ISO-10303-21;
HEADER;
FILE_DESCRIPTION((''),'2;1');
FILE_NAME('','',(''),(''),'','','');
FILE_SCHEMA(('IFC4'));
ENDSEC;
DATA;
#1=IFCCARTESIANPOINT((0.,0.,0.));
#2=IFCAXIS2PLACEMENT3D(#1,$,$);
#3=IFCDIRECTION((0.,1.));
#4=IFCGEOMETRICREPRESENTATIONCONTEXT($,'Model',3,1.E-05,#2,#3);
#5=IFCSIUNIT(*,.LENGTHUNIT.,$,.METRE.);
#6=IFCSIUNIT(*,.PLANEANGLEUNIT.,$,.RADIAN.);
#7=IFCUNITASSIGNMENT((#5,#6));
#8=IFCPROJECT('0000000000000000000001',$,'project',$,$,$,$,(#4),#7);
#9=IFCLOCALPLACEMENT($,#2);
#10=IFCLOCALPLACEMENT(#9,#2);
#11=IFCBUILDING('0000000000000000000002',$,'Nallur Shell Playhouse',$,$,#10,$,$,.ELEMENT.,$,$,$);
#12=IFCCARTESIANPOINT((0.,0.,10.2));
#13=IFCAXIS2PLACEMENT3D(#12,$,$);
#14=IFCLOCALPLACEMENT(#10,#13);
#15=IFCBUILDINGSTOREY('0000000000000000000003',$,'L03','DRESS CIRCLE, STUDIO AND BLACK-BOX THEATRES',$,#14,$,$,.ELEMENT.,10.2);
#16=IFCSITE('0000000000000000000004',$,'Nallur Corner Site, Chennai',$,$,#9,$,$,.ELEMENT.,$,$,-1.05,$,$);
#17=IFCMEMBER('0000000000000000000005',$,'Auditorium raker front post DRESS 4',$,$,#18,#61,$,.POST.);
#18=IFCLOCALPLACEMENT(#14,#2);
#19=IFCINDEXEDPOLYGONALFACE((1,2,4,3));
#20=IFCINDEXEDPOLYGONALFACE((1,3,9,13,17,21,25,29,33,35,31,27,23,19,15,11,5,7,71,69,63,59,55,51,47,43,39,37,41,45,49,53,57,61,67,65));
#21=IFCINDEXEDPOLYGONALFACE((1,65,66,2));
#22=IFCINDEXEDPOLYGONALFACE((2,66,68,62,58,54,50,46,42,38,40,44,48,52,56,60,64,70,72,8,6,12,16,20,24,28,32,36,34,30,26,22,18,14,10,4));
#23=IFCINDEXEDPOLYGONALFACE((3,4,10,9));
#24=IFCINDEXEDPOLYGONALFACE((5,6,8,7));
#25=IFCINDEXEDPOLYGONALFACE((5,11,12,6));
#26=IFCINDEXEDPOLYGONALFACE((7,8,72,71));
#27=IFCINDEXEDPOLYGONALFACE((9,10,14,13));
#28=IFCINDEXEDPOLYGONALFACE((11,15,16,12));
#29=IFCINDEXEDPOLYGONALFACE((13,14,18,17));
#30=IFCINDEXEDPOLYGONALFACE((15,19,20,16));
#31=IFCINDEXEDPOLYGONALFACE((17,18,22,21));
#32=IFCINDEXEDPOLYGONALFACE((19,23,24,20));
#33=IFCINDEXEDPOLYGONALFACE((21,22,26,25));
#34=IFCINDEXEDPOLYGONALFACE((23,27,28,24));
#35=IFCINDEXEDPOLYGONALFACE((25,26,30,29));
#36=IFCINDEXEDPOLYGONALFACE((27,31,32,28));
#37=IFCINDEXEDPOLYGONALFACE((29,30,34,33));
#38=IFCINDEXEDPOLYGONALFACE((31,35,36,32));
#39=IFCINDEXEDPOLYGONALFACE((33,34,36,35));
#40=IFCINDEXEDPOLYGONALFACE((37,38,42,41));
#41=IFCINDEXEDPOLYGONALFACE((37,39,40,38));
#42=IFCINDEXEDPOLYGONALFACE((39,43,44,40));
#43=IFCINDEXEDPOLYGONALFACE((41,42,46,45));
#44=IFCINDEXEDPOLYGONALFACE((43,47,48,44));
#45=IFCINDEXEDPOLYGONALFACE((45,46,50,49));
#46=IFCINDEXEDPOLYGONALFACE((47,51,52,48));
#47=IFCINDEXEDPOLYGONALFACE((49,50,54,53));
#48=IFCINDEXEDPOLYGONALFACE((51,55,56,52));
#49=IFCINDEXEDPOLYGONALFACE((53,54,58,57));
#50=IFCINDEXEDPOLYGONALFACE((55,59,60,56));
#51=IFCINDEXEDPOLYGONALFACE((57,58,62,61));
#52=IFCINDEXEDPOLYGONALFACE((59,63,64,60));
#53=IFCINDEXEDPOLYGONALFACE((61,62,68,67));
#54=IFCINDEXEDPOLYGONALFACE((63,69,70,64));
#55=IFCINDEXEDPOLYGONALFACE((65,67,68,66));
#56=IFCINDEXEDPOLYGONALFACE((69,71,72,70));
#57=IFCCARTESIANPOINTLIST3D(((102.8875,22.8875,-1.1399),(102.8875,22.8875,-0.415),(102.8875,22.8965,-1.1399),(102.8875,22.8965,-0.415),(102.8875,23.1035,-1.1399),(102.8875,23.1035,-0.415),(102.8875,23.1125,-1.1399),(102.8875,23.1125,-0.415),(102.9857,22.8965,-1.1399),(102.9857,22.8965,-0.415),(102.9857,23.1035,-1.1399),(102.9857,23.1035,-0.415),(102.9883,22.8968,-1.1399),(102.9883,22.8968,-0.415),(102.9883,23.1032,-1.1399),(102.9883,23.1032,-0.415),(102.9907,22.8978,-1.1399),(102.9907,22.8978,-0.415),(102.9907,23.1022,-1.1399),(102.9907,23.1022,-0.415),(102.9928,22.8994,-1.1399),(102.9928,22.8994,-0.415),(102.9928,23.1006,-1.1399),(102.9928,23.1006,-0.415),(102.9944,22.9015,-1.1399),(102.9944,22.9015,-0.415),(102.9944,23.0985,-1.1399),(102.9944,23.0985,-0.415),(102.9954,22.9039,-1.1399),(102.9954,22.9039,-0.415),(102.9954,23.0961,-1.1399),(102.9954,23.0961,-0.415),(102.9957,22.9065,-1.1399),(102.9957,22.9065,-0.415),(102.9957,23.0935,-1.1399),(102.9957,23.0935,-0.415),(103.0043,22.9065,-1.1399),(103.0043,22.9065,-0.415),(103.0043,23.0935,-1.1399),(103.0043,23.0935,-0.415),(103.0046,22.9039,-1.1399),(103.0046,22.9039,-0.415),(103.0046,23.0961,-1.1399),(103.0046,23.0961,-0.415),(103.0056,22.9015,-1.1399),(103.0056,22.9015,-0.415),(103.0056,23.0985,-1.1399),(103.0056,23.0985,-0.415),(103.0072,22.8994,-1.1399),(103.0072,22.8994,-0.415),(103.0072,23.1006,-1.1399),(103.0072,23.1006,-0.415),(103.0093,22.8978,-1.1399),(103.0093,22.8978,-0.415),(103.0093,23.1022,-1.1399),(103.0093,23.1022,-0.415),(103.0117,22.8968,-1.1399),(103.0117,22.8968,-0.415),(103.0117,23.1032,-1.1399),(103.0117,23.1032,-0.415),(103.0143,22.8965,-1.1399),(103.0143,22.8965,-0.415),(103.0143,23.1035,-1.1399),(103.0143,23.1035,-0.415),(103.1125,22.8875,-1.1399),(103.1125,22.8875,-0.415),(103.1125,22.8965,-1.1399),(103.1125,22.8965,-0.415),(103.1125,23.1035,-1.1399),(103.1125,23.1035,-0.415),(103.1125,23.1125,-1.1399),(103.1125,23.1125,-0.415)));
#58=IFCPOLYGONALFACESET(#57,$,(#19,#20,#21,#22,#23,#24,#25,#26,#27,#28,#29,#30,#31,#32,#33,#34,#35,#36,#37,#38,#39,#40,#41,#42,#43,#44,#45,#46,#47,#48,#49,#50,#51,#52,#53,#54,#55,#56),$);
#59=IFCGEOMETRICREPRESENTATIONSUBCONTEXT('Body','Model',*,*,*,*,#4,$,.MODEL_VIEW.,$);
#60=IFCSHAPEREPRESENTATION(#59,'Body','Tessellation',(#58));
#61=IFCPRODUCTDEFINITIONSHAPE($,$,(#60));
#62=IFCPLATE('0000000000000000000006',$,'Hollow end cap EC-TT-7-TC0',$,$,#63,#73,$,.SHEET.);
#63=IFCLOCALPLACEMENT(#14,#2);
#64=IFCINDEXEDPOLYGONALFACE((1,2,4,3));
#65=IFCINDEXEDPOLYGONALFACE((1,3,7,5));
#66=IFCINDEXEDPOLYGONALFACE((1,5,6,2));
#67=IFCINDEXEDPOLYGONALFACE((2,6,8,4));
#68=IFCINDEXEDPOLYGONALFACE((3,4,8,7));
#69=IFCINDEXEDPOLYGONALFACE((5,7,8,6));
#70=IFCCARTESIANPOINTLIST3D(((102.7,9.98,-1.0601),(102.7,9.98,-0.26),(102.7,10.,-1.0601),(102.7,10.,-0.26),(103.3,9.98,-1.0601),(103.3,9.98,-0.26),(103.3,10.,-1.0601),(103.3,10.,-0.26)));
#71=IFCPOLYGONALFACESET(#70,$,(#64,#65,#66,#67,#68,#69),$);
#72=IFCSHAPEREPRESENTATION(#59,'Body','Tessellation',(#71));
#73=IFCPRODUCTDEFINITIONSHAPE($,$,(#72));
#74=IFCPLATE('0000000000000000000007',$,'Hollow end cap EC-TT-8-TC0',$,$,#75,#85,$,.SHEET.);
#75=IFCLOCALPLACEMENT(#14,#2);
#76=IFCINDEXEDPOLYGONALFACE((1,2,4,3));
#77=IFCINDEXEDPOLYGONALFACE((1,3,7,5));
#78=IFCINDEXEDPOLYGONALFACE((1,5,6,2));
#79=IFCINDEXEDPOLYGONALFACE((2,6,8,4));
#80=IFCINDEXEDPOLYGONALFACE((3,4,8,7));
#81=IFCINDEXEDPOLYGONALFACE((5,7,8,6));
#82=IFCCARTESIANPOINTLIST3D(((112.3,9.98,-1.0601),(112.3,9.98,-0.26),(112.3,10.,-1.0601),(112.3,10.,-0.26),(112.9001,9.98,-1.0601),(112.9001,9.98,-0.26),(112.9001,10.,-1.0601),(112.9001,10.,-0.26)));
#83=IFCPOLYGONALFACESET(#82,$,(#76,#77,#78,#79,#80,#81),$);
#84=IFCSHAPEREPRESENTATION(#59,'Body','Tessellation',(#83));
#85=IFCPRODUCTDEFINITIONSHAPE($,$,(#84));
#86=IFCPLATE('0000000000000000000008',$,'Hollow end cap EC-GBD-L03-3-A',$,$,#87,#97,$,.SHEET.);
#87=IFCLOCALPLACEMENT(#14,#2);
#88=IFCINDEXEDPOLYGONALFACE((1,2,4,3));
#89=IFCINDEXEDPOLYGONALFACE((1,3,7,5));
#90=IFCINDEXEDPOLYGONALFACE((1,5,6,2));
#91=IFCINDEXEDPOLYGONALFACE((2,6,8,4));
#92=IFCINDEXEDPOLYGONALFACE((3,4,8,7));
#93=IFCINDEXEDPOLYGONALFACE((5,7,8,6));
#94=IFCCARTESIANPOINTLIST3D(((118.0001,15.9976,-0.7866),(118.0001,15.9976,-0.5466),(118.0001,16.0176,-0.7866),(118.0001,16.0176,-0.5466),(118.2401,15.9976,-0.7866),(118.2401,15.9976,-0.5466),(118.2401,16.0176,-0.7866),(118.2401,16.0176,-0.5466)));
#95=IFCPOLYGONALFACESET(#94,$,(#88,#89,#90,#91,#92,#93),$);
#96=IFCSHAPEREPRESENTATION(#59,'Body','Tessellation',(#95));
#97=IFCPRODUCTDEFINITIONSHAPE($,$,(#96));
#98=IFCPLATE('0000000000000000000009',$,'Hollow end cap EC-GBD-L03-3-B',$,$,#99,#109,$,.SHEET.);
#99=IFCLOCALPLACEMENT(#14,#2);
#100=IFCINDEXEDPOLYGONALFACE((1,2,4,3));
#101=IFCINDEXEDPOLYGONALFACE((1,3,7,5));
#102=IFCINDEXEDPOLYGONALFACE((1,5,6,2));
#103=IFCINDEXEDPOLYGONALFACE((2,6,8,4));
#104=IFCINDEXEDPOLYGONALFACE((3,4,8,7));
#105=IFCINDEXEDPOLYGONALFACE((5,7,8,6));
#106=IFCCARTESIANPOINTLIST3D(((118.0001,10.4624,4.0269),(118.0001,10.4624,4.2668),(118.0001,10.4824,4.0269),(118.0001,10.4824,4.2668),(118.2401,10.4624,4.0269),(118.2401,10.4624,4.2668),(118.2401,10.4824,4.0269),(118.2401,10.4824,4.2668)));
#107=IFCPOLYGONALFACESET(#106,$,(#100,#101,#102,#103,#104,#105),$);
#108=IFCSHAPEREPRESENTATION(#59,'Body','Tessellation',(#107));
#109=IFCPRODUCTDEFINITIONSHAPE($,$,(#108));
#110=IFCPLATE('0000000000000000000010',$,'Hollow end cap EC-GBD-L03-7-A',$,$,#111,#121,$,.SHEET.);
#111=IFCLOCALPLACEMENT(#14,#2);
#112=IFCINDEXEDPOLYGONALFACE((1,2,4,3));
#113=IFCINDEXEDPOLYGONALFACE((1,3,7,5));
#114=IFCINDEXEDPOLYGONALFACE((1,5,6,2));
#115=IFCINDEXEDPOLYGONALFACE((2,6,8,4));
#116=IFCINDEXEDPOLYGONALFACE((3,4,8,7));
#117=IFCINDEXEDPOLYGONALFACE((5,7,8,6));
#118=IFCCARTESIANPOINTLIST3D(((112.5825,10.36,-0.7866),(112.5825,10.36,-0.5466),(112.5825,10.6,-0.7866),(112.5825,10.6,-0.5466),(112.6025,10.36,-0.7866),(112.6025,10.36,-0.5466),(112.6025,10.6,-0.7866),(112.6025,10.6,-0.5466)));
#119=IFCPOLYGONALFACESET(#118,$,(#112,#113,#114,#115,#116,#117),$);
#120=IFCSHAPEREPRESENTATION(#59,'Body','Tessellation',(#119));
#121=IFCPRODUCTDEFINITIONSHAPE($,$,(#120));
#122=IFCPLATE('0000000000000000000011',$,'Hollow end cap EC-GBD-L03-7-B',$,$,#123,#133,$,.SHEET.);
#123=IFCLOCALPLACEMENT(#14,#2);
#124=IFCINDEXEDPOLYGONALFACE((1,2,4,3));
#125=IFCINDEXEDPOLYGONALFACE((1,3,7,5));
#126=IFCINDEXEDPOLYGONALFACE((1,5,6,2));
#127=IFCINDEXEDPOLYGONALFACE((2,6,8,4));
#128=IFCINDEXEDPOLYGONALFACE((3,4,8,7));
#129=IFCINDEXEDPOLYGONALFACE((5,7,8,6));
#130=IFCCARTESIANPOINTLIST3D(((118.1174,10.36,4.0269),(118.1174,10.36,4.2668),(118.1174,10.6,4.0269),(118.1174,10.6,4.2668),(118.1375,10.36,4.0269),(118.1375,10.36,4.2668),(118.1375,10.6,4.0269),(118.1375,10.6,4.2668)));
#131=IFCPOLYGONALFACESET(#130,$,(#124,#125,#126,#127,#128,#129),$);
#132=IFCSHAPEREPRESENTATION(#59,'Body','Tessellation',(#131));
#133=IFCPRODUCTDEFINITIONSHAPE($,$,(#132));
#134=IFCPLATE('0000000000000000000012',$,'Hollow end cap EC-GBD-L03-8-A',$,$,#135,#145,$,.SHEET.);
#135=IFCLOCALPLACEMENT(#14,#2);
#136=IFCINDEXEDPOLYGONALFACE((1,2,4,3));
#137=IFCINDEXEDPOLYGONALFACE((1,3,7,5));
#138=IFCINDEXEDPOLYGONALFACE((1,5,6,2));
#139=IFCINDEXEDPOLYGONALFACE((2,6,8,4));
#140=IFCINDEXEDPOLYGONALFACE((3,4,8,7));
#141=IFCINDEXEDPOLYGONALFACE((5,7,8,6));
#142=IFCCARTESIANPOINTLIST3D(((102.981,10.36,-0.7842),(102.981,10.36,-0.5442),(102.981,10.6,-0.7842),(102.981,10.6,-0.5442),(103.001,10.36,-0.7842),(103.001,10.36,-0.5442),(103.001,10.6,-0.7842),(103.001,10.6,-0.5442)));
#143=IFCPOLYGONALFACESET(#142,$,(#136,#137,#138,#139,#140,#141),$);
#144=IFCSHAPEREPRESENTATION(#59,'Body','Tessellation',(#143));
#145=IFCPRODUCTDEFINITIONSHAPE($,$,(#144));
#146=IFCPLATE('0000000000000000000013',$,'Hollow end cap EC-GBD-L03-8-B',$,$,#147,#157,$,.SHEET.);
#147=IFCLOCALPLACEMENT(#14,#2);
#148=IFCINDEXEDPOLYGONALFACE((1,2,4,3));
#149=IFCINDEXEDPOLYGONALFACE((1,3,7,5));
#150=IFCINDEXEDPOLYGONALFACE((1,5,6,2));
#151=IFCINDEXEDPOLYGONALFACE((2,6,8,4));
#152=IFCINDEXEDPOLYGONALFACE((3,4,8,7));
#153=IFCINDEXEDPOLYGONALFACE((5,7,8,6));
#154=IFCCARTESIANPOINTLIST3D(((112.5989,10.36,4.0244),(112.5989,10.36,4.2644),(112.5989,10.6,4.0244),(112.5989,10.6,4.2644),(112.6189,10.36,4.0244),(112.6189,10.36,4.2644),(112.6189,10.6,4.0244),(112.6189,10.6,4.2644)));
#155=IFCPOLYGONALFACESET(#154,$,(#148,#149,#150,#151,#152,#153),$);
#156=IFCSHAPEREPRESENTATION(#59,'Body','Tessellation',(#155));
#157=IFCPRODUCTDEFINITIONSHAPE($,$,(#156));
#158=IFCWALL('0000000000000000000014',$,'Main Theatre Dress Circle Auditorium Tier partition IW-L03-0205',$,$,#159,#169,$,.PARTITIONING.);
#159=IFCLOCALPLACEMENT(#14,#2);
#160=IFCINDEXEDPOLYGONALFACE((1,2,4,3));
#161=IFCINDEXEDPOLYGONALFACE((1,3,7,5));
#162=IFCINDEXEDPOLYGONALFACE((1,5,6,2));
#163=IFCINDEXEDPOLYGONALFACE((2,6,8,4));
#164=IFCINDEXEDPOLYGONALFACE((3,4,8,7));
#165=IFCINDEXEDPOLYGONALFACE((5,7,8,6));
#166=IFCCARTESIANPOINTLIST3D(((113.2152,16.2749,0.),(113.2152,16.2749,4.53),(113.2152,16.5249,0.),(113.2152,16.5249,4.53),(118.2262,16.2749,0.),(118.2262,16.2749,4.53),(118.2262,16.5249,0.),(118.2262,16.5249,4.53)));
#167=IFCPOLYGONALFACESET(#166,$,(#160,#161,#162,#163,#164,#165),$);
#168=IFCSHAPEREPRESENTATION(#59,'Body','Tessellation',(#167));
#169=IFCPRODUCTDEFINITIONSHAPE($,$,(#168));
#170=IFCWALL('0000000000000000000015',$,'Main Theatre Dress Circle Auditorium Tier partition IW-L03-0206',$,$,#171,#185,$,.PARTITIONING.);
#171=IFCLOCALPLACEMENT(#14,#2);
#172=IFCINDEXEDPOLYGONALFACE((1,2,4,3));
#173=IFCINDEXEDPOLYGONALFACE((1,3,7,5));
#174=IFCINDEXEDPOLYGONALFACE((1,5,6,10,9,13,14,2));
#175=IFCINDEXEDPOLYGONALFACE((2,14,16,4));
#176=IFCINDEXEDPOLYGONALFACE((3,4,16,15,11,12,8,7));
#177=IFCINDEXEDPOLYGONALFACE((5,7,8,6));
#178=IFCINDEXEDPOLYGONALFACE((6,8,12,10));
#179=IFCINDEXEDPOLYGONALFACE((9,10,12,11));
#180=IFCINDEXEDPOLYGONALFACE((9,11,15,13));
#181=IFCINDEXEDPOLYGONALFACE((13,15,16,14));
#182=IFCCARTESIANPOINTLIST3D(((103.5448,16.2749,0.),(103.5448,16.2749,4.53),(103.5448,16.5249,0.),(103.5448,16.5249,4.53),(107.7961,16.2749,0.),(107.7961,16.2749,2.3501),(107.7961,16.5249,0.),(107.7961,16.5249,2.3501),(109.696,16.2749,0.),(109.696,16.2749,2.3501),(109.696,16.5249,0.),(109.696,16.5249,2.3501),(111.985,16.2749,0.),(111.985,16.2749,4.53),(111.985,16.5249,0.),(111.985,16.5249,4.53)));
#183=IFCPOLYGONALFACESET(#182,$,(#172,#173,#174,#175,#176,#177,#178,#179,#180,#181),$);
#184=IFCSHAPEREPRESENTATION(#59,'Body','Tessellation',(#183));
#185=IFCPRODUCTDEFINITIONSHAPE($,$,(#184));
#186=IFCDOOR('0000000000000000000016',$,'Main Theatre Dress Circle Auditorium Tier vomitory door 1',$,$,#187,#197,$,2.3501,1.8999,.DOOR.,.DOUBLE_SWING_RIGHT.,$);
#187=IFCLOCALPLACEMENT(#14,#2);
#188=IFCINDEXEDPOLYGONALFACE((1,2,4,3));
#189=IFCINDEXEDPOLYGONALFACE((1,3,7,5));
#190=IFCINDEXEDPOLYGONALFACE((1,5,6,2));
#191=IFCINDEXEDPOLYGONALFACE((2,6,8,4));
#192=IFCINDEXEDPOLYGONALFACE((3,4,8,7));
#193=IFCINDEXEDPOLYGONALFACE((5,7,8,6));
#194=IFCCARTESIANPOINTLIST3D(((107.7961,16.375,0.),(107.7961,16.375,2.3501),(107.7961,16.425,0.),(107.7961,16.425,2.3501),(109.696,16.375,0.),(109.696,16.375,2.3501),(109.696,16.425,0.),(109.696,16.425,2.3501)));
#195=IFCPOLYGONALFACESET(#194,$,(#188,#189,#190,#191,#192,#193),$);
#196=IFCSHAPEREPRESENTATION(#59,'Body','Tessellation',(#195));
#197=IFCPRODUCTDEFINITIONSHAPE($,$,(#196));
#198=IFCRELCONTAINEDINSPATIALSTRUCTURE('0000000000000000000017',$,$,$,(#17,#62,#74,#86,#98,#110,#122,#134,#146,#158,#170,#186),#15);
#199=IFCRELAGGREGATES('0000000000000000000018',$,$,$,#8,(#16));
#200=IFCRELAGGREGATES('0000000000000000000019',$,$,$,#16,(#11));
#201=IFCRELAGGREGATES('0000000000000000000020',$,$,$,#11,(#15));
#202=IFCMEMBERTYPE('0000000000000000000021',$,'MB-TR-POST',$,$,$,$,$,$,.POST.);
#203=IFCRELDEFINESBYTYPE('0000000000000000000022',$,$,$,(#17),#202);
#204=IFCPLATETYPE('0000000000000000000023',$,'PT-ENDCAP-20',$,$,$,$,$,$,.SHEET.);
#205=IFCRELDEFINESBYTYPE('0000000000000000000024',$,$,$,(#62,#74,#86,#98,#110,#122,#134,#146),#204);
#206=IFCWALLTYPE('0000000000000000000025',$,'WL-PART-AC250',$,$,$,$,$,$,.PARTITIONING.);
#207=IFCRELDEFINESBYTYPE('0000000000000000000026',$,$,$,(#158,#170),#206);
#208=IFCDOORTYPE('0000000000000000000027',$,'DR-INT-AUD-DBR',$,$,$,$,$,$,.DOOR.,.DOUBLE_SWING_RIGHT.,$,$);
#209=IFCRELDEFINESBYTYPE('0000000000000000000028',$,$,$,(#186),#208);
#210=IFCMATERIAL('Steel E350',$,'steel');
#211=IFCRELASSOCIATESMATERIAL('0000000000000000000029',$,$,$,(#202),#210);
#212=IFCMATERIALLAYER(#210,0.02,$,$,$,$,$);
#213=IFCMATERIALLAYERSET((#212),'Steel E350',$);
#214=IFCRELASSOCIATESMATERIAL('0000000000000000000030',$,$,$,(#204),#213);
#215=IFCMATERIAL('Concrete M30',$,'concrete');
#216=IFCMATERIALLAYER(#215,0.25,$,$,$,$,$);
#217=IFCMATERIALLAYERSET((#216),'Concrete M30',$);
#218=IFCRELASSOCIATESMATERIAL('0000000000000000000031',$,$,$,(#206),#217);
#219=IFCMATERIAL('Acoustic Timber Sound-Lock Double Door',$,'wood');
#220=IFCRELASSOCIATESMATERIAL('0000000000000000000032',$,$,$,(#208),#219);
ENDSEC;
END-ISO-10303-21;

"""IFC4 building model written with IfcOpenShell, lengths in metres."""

from ifc_helpers import new_model, si_unit, direction, frame, frame_2d, origin, origin_2d, place, context, subcontext, project, spatial, rectangle, i_section, extrude, material, layer, layer_set, material_profile, profile_set, type_object, element, fill, save


model = new_model("IFC4")

# Units and contexts
model_context = context("Model", 3, precision=1e-05, world=origin(), true_north=direction((0.0, 1.0)))
body_context = subcontext(model_context, "Body", "Model", "MODEL_VIEW")
ifc_project = project(units=[si_unit("LENGTHUNIT", "METRE"), si_unit("PLANEANGLEUNIT", "RADIAN")], contexts=[model_context])

# Site, building, storey
site_placement = place(None, origin())
site = spatial("IfcSite", under=ifc_project, at=site_placement, Name="Nallur Corner Site, Chennai", CompositionType="ELEMENT", RefElevation=-1.05)
building_placement = place(site_placement, origin())
building = spatial("IfcBuilding", under=site, at=building_placement, Name="Nallur Shell Playhouse", CompositionType="ELEMENT")
storey_placement = place(building_placement, frame((0.0, 0.0, 10.2)))
storey = spatial("IfcBuildingStorey", under=building, at=storey_placement, Name="L03", Description="DRESS CIRCLE, STUDIO AND BLACK-BOX THEATRES", CompositionType="ELEMENT", Elevation=10.2)

# Shared definitions
ifc_material_1 = material(Name="Steel E350", Category="steel")

# Member
ifc_material_profile_1 = material_profile(ifc_material_1, i_section(OverallWidth=0.2251, OverallDepth=0.2251, WebThickness=0.0085, FlangeThickness=0.009, FilletRadius=0.01, at=origin_2d()), Name="ISHB 225")
ifc_profile_set_1 = profile_set([ifc_material_profile_1], Name="Steel E350")
member_type_1 = type_object("IfcMemberType", Name="MB-TR-POST", PredefinedType="POST", material=ifc_profile_set_1)
member_1_placement = place(storey_placement, frame((103.0, 23.0, -1.1399), z_axis=(0.0, 0.0, 1.0), x_axis=(1.0, 0.0, 0.0)))
element("IfcMember", 1, at=member_1_placement, inside=storey, type_object=member_type_1, Name="Auditorium raker front post DRESS 4", PredefinedType="POST", context=body_context, shape_type="SweptSolid", body=[
    extrude(i_section(OverallWidth=0.2251, OverallDepth=0.2251, WebThickness=0.0085, FlangeThickness=0.009, FilletRadius=0.01, at=origin_2d()), origin(), (0.0, 0.0, 1.0), 0.7249),
])

# Plates
ifc_layer_1 = layer(ifc_material_1, 0.02)
ifc_layer_set_1 = layer_set([ifc_layer_1], Name="Steel E350")
plate_type = type_object("IfcPlateType", Name="PT-ENDCAP-20", PredefinedType="SHEET", material=ifc_layer_set_1)
for number, where, z_axis, x_axis, name in (
    (2, (103.0, 9.99, -1.0601), (0.0, 0.0, 1.0), (1.0, 0.0, 0.0), "Hollow end cap EC-TT-7-TC0"),
    (3, (112.6001, 9.99, -1.0601), (0.0, 0.0, 1.0), (1.0, 0.0, 0.0), "Hollow end cap EC-TT-8-TC0"),
):
    element("IfcPlate", number, at=place(storey_placement, frame(where, z_axis=z_axis, x_axis=x_axis)), inside=storey, type_object=plate_type, Name=name, PredefinedType="SHEET", context=body_context, shape_type="SweptSolid", body=[
        extrude(rectangle(XDim=0.6001, YDim=0.02, at=origin_2d()), origin(), (0.0, 0.0, 1.0), 0.8),
    ])
for number, where, z_axis, x_axis, name in (
    (4, (118.1201, 16.0076, -0.7866), (0.0, 0.0, 1.0), (1.0, 0.0, 0.0), "Hollow end cap EC-GBD-L03-3-A"),
    (5, (118.1201, 10.4724, 4.0269), (0.0, 0.0, 1.0), (1.0, 0.0, 0.0), "Hollow end cap EC-GBD-L03-3-B"),
):
    element("IfcPlate", number, at=place(storey_placement, frame(where, z_axis=z_axis, x_axis=x_axis)), inside=storey, type_object=plate_type, Name=name, PredefinedType="SHEET", context=body_context, shape_type="SweptSolid", body=[
        extrude(rectangle(XDim=0.24, YDim=0.02, at=origin_2d()), origin(), (0.0, 0.0, 1.0), 0.24),
    ])
for number, where, z_axis, x_axis, name in (
    (6, (112.5925, 10.48, -0.7866), (0.0, 0.0, 1.0), (1.0, 0.0, 0.0), "Hollow end cap EC-GBD-L03-7-A"),
    (7, (118.1274, 10.48, 4.0269), (0.0, 0.0, 1.0), (1.0, 0.0, 0.0), "Hollow end cap EC-GBD-L03-7-B"),
    (8, (102.991, 10.48, -0.7842), (0.0, 0.0, 1.0), (1.0, 0.0, 0.0), "Hollow end cap EC-GBD-L03-8-A"),
    (9, (112.6089, 10.48, 4.0244), (0.0, 0.0, 1.0), (1.0, 0.0, 0.0), "Hollow end cap EC-GBD-L03-8-B"),
):
    element("IfcPlate", number, at=place(storey_placement, frame(where, z_axis=z_axis, x_axis=x_axis)), inside=storey, type_object=plate_type, Name=name, PredefinedType="SHEET", context=body_context, shape_type="SweptSolid", body=[
        extrude(rectangle(XDim=0.02, YDim=0.24, at=origin_2d()), origin(), (0.0, 0.0, 1.0), 0.24),
    ])

# Wall
ifc_material_2 = material(Name="Concrete M30", Category="concrete")
ifc_layer_2 = layer(ifc_material_2, 0.25)
ifc_layer_set_2 = layer_set([ifc_layer_2], Name="Concrete M30")
wall_type_1 = type_object("IfcWallType", Name="WL-PART-AC250", PredefinedType="PARTITIONING", material=ifc_layer_set_2)
wall_1_placement = place(storey_placement, frame((118.2261, 16.3999, 0.0), z_axis=(0.0, 0.0, 1.0), x_axis=(-1.0, 0.0, 0.0)))
element("IfcWall", 10, at=wall_1_placement, inside=storey, type_object=wall_type_1, Name="Main Theatre Dress Circle Auditorium Tier partition IW-L03-0205", PredefinedType="PARTITIONING", context=body_context, shape_type="SweptSolid", body=[
    extrude(rectangle(XDim=5.011, YDim=0.25, at=frame_2d((2.5054, 0.0))), origin(), (0.0, 0.0, 1.0), 4.53),
])

# Wall, opening, door
wall_2_placement = place(storey_placement, frame((111.9851, 16.3999, 0.0), z_axis=(0.0, 0.0, 1.0), x_axis=(-1.0, 0.0, 0.0)))
wall_2 = element("IfcWall", 11, at=wall_2_placement, inside=storey, type_object=wall_type_1, Name="Main Theatre Dress Circle Auditorium Tier partition IW-L03-0206", PredefinedType="PARTITIONING", context=body_context, shape_type="SweptSolid", body=[
    extrude(rectangle(XDim=8.4402, YDim=0.25, at=frame_2d((4.2202, 0.0))), origin(), (0.0, 0.0, 1.0), 4.53),
])
opening_placement = place(wall_2_placement, frame((2.2891, 0.0, 0.0)))
opening = element("IfcOpeningElement", 12, at=opening_placement, cuts=wall_2, PredefinedType="OPENING", context=body_context, shape_type="SweptSolid", body=[
    extrude(rectangle(XDim=1.8999, YDim=2.3501, at=frame_2d((0.95, 1.175))), frame((0.0, 0.135, 0.0), z_axis=(0.0, -1.0, 0.0), x_axis=(1.0, 0.0, 0.0)), (0.0, 0.0, 1.0), 0.27),
])
ifc_material_3 = material(Name="Acoustic Timber Sound-Lock Double Door", Category="wood")
door_type = type_object("IfcDoorType", Name="DR-INT-AUD-DBR", OperationType="DOUBLE_SWING_RIGHT", PredefinedType="DOOR", material=ifc_material_3)
door_placement = place(opening_placement, origin())
door = element("IfcDoor", 13, at=door_placement, inside=storey, type_object=door_type, Name="Main Theatre Dress Circle Auditorium Tier vomitory door 1", OperationType="DOUBLE_SWING_RIGHT", OverallHeight=2.3501, OverallWidth=1.8999, PredefinedType="DOOR", context=body_context, shape_type="SweptSolid", body=[
    extrude(rectangle(XDim=1.8999, YDim=2.3501, at=frame_2d((0.95, 1.175))), frame((0.0, 0.0249, 0.0), z_axis=(0.0, -1.0, 0.0), x_axis=(1.0, 0.0, 0.0)), (0.0, 0.0, 1.0), 0.05),
])
fill(opening, door)

save(model, "model.ifc")
